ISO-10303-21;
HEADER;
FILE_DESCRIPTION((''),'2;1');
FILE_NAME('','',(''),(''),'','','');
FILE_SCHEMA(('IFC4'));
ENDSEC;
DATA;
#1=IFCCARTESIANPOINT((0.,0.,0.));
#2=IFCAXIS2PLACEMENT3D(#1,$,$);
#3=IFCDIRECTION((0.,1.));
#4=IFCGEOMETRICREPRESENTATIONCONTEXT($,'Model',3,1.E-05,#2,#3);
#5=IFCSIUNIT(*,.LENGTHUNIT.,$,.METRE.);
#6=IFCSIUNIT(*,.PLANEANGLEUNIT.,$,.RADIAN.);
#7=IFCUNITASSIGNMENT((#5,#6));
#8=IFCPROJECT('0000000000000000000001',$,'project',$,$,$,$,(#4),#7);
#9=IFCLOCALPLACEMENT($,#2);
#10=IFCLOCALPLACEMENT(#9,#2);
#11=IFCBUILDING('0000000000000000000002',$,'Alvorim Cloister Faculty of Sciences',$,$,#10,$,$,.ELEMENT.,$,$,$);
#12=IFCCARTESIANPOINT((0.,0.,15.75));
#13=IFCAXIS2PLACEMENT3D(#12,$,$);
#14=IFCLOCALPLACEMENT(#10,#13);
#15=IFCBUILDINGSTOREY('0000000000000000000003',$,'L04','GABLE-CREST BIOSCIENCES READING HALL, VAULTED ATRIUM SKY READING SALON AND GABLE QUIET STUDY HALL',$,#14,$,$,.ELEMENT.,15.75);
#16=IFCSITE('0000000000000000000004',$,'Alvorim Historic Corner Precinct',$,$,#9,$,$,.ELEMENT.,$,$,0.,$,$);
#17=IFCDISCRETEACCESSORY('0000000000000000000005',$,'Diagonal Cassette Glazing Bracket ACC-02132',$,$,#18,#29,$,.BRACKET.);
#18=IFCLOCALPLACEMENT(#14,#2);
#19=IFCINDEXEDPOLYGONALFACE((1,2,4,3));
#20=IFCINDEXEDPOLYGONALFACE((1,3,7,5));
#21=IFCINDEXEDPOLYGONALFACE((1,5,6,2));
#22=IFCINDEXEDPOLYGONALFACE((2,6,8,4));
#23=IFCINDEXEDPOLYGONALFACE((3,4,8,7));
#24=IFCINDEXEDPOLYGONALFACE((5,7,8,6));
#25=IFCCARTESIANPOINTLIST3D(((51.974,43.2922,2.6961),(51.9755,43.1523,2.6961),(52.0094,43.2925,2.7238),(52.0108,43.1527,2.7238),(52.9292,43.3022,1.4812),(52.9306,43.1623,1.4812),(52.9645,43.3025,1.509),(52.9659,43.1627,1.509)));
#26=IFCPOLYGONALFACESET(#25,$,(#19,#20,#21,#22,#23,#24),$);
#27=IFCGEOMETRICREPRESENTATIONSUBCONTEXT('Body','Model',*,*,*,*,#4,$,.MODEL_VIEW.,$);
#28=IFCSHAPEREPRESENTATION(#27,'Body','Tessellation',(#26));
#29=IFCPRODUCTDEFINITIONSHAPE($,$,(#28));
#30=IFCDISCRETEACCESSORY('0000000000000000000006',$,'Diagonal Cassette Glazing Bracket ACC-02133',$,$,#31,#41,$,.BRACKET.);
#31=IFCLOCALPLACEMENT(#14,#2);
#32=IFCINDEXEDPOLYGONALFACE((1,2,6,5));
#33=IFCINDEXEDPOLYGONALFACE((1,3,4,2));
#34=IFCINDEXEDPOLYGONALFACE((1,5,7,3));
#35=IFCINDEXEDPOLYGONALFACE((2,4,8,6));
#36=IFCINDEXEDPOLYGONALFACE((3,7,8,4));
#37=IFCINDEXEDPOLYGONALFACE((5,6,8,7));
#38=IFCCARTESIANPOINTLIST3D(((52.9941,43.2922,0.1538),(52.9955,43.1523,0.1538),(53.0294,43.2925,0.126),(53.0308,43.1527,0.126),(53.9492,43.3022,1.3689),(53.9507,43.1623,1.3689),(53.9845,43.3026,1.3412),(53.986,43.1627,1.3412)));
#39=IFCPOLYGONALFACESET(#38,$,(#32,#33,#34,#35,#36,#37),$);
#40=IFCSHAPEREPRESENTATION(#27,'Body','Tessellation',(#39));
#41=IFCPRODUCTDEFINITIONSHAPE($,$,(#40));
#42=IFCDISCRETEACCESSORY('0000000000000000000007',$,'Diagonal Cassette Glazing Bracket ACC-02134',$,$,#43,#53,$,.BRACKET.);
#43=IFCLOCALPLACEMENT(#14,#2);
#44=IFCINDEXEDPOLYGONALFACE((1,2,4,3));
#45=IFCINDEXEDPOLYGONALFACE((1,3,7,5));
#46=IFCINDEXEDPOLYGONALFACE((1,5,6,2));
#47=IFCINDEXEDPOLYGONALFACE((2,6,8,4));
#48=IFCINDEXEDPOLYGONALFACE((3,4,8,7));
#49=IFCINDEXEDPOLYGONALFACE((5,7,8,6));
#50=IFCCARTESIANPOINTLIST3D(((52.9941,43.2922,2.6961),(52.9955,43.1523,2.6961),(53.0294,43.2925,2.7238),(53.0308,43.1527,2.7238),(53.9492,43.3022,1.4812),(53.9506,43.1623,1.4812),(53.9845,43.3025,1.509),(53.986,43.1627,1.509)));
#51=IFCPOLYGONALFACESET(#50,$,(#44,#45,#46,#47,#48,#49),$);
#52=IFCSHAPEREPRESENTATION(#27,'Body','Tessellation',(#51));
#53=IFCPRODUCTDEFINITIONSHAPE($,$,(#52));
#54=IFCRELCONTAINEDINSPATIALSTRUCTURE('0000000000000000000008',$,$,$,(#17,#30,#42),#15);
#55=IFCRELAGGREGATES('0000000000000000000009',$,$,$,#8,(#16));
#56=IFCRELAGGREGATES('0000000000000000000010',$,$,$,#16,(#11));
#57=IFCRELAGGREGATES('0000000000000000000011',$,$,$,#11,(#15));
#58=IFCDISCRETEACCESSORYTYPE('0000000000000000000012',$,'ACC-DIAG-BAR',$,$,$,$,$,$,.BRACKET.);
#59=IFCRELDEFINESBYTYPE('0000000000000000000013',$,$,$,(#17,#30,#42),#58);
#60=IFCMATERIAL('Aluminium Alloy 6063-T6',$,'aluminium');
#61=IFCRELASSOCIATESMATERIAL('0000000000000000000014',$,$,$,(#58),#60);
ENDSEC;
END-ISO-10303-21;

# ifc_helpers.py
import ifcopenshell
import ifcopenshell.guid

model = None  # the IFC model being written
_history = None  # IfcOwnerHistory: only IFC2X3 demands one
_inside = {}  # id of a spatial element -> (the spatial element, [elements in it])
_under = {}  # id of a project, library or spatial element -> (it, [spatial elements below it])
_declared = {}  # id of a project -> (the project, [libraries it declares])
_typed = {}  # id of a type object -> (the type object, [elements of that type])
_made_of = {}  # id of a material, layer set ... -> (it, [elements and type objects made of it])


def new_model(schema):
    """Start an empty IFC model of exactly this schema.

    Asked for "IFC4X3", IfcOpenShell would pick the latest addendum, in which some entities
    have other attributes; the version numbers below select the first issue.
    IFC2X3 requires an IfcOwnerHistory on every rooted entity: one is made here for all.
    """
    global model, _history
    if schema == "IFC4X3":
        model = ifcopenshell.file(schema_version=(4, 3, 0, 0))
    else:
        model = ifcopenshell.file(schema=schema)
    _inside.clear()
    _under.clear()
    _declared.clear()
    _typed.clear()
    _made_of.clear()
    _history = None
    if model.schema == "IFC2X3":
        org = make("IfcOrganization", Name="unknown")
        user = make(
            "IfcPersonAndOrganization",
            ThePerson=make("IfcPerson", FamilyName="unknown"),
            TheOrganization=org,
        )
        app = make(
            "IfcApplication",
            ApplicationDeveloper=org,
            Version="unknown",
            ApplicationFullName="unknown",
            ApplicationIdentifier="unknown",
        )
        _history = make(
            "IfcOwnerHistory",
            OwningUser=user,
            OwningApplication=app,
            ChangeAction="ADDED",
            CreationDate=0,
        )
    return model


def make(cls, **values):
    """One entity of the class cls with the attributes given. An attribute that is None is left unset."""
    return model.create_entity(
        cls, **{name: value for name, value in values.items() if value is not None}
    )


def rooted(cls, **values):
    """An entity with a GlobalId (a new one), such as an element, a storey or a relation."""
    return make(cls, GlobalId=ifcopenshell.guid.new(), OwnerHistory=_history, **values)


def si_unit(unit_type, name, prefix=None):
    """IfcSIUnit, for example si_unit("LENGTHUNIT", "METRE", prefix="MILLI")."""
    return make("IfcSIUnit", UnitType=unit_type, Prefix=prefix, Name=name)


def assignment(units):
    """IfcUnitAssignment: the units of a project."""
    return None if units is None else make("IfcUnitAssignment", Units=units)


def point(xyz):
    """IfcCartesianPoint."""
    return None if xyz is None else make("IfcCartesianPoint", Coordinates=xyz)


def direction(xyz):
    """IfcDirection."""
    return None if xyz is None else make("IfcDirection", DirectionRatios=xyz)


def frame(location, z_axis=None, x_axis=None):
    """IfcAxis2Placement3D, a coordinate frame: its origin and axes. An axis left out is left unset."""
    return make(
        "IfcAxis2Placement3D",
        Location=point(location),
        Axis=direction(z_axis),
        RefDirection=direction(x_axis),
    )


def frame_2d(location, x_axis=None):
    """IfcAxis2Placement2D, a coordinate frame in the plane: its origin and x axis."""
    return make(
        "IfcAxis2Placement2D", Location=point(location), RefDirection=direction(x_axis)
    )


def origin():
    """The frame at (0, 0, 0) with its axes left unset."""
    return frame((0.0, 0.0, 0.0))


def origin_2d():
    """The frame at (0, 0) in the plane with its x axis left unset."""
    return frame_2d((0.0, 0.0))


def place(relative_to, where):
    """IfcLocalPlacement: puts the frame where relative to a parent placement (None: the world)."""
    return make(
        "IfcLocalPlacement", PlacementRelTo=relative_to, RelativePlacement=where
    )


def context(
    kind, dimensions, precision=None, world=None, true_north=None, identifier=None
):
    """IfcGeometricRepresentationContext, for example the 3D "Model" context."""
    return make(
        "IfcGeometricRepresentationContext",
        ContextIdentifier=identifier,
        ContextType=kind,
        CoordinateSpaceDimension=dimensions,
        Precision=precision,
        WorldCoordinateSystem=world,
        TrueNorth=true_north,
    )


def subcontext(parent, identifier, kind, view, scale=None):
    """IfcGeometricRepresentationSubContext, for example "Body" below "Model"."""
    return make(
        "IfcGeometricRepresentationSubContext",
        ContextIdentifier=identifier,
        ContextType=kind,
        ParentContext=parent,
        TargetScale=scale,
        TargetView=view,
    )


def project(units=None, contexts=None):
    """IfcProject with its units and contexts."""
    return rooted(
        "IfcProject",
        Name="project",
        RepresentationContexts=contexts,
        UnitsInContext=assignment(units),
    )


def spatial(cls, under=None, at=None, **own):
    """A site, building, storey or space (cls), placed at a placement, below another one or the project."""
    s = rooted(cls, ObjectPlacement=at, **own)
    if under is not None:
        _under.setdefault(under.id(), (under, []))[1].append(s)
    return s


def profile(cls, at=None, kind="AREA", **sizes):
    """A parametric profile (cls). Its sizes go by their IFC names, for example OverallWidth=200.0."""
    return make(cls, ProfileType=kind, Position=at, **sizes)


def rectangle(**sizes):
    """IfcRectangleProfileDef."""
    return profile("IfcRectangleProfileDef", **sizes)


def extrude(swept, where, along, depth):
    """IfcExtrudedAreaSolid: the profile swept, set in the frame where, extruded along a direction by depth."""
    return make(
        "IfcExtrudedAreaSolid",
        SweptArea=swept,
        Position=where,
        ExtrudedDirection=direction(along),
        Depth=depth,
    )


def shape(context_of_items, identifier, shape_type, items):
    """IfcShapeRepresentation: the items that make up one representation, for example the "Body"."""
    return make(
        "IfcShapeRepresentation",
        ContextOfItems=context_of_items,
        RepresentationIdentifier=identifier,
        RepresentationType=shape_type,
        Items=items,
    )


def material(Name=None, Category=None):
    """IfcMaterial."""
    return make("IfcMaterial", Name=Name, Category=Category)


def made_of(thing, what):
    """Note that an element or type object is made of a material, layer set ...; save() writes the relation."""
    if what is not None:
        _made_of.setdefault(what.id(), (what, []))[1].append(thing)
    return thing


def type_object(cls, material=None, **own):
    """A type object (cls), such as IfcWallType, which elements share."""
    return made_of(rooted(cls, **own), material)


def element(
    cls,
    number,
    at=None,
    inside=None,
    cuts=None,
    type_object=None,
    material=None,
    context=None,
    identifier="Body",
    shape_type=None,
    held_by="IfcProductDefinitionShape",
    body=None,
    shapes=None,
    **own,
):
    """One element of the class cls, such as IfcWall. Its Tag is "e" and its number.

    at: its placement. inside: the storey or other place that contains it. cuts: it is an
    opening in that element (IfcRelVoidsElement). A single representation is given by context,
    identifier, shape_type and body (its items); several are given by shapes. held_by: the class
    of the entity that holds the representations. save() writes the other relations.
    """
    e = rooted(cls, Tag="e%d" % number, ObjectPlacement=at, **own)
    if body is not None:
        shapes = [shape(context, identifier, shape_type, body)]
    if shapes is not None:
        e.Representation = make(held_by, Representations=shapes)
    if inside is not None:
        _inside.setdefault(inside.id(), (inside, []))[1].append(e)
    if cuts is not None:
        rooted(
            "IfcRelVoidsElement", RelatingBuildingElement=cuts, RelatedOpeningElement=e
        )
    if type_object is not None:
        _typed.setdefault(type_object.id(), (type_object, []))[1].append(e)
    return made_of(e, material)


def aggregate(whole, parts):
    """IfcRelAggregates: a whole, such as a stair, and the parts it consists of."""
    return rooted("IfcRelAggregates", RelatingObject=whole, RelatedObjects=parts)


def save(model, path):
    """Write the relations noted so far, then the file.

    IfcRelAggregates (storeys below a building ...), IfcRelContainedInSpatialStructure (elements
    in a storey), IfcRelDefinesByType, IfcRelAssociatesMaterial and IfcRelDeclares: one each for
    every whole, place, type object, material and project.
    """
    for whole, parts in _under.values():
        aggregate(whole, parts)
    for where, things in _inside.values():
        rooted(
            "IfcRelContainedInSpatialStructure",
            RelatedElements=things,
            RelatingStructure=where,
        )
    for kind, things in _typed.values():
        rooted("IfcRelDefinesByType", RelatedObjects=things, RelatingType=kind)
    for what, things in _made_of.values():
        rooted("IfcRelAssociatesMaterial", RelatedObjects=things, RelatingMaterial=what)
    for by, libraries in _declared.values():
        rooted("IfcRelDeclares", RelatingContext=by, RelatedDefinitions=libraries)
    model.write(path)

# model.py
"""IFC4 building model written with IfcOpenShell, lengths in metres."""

from ifc_helpers import new_model, si_unit, direction, frame, origin, origin_2d, place, context, subcontext, project, spatial, rectangle, extrude, material, type_object, element, save


model = new_model("IFC4")

# Units and contexts
model_context = context("Model", 3, precision=1e-05, world=origin(), true_north=direction((0.0, 1.0)))
body_context = subcontext(model_context, "Body", "Model", "MODEL_VIEW")
ifc_project = project(units=[si_unit("LENGTHUNIT", "METRE"), si_unit("PLANEANGLEUNIT", "RADIAN")], contexts=[model_context])

# Site, building, storey
site_placement = place(None, origin())
site = spatial("IfcSite", under=ifc_project, at=site_placement, Name="Alvorim Historic Corner Precinct", CompositionType="ELEMENT", RefElevation=0.0)
building_placement = place(site_placement, origin())
building = spatial("IfcBuilding", under=site, at=building_placement, Name="Alvorim Cloister Faculty of Sciences", CompositionType="ELEMENT")
storey_placement = place(building_placement, frame((0.0, 0.0, 15.75)))
storey = spatial("IfcBuildingStorey", under=building, at=storey_placement, Name="L04", Description="GABLE-CREST BIOSCIENCES READING HALL, VAULTED ATRIUM SKY READING SALON AND GABLE QUIET STUDY HALL", CompositionType="ELEMENT", Elevation=15.75)

# Shared definitions
ifc_material_1 = material(Name="Aluminium Alloy 6063-T6", Category="aluminium")

# Discrete accessories
discrete_accessory_type = type_object("IfcDiscreteAccessoryType", Name="ACC-DIAG-BAR", PredefinedType="BRACKET", material=ifc_material_1)
discrete_accessory_1_placement = place(storey_placement, frame((51.9924, 43.2224, 2.71), z_axis=(0.618032, 0.006477, -0.786126), x_axis=(-0.01048, 0.999945, 0.0)))
element("IfcDiscreteAccessory", 1, at=discrete_accessory_1_placement, inside=storey, type_object=discrete_accessory_type, Name="Diagonal Cassette Glazing Bracket ACC-02132", PredefinedType="BRACKET", context=body_context, shape_type="SweptSolid", body=[
    extrude(rectangle(XDim=0.1399, YDim=0.0449, at=origin_2d()), origin(), (0.0, 0.0, 1.0), 1.5454),
])
discrete_accessory_2_placement = place(storey_placement, frame((53.0125, 43.2224, 0.1399), z_axis=(0.617955, 0.006477, 0.786187), x_axis=(-0.01048, 0.999945, 0.0)))
element("IfcDiscreteAccessory", 2, at=discrete_accessory_2_placement, inside=storey, type_object=discrete_accessory_type, Name="Diagonal Cassette Glazing Bracket ACC-02133", PredefinedType="BRACKET", context=body_context, shape_type="SweptSolid", body=[
    extrude(rectangle(XDim=0.1399, YDim=0.0449, at=origin_2d()), origin(), (0.0, 0.0, 1.0), 1.5457),
])
discrete_accessory_3_placement = place(storey_placement, frame((53.0125, 43.2224, 2.71), z_axis=(0.618032, 0.006477, -0.786126), x_axis=(-0.01048, 0.999945, 0.0)))
element("IfcDiscreteAccessory", 3, at=discrete_accessory_3_placement, inside=storey, type_object=discrete_accessory_type, Name="Diagonal Cassette Glazing Bracket ACC-02134", PredefinedType="BRACKET", context=body_context, shape_type="SweptSolid", body=[
    extrude(rectangle(XDim=0.1399, YDim=0.0449, at=origin_2d()), origin(), (0.0, 0.0, 1.0), 1.5454),
])

save(model, "model.ifc")
